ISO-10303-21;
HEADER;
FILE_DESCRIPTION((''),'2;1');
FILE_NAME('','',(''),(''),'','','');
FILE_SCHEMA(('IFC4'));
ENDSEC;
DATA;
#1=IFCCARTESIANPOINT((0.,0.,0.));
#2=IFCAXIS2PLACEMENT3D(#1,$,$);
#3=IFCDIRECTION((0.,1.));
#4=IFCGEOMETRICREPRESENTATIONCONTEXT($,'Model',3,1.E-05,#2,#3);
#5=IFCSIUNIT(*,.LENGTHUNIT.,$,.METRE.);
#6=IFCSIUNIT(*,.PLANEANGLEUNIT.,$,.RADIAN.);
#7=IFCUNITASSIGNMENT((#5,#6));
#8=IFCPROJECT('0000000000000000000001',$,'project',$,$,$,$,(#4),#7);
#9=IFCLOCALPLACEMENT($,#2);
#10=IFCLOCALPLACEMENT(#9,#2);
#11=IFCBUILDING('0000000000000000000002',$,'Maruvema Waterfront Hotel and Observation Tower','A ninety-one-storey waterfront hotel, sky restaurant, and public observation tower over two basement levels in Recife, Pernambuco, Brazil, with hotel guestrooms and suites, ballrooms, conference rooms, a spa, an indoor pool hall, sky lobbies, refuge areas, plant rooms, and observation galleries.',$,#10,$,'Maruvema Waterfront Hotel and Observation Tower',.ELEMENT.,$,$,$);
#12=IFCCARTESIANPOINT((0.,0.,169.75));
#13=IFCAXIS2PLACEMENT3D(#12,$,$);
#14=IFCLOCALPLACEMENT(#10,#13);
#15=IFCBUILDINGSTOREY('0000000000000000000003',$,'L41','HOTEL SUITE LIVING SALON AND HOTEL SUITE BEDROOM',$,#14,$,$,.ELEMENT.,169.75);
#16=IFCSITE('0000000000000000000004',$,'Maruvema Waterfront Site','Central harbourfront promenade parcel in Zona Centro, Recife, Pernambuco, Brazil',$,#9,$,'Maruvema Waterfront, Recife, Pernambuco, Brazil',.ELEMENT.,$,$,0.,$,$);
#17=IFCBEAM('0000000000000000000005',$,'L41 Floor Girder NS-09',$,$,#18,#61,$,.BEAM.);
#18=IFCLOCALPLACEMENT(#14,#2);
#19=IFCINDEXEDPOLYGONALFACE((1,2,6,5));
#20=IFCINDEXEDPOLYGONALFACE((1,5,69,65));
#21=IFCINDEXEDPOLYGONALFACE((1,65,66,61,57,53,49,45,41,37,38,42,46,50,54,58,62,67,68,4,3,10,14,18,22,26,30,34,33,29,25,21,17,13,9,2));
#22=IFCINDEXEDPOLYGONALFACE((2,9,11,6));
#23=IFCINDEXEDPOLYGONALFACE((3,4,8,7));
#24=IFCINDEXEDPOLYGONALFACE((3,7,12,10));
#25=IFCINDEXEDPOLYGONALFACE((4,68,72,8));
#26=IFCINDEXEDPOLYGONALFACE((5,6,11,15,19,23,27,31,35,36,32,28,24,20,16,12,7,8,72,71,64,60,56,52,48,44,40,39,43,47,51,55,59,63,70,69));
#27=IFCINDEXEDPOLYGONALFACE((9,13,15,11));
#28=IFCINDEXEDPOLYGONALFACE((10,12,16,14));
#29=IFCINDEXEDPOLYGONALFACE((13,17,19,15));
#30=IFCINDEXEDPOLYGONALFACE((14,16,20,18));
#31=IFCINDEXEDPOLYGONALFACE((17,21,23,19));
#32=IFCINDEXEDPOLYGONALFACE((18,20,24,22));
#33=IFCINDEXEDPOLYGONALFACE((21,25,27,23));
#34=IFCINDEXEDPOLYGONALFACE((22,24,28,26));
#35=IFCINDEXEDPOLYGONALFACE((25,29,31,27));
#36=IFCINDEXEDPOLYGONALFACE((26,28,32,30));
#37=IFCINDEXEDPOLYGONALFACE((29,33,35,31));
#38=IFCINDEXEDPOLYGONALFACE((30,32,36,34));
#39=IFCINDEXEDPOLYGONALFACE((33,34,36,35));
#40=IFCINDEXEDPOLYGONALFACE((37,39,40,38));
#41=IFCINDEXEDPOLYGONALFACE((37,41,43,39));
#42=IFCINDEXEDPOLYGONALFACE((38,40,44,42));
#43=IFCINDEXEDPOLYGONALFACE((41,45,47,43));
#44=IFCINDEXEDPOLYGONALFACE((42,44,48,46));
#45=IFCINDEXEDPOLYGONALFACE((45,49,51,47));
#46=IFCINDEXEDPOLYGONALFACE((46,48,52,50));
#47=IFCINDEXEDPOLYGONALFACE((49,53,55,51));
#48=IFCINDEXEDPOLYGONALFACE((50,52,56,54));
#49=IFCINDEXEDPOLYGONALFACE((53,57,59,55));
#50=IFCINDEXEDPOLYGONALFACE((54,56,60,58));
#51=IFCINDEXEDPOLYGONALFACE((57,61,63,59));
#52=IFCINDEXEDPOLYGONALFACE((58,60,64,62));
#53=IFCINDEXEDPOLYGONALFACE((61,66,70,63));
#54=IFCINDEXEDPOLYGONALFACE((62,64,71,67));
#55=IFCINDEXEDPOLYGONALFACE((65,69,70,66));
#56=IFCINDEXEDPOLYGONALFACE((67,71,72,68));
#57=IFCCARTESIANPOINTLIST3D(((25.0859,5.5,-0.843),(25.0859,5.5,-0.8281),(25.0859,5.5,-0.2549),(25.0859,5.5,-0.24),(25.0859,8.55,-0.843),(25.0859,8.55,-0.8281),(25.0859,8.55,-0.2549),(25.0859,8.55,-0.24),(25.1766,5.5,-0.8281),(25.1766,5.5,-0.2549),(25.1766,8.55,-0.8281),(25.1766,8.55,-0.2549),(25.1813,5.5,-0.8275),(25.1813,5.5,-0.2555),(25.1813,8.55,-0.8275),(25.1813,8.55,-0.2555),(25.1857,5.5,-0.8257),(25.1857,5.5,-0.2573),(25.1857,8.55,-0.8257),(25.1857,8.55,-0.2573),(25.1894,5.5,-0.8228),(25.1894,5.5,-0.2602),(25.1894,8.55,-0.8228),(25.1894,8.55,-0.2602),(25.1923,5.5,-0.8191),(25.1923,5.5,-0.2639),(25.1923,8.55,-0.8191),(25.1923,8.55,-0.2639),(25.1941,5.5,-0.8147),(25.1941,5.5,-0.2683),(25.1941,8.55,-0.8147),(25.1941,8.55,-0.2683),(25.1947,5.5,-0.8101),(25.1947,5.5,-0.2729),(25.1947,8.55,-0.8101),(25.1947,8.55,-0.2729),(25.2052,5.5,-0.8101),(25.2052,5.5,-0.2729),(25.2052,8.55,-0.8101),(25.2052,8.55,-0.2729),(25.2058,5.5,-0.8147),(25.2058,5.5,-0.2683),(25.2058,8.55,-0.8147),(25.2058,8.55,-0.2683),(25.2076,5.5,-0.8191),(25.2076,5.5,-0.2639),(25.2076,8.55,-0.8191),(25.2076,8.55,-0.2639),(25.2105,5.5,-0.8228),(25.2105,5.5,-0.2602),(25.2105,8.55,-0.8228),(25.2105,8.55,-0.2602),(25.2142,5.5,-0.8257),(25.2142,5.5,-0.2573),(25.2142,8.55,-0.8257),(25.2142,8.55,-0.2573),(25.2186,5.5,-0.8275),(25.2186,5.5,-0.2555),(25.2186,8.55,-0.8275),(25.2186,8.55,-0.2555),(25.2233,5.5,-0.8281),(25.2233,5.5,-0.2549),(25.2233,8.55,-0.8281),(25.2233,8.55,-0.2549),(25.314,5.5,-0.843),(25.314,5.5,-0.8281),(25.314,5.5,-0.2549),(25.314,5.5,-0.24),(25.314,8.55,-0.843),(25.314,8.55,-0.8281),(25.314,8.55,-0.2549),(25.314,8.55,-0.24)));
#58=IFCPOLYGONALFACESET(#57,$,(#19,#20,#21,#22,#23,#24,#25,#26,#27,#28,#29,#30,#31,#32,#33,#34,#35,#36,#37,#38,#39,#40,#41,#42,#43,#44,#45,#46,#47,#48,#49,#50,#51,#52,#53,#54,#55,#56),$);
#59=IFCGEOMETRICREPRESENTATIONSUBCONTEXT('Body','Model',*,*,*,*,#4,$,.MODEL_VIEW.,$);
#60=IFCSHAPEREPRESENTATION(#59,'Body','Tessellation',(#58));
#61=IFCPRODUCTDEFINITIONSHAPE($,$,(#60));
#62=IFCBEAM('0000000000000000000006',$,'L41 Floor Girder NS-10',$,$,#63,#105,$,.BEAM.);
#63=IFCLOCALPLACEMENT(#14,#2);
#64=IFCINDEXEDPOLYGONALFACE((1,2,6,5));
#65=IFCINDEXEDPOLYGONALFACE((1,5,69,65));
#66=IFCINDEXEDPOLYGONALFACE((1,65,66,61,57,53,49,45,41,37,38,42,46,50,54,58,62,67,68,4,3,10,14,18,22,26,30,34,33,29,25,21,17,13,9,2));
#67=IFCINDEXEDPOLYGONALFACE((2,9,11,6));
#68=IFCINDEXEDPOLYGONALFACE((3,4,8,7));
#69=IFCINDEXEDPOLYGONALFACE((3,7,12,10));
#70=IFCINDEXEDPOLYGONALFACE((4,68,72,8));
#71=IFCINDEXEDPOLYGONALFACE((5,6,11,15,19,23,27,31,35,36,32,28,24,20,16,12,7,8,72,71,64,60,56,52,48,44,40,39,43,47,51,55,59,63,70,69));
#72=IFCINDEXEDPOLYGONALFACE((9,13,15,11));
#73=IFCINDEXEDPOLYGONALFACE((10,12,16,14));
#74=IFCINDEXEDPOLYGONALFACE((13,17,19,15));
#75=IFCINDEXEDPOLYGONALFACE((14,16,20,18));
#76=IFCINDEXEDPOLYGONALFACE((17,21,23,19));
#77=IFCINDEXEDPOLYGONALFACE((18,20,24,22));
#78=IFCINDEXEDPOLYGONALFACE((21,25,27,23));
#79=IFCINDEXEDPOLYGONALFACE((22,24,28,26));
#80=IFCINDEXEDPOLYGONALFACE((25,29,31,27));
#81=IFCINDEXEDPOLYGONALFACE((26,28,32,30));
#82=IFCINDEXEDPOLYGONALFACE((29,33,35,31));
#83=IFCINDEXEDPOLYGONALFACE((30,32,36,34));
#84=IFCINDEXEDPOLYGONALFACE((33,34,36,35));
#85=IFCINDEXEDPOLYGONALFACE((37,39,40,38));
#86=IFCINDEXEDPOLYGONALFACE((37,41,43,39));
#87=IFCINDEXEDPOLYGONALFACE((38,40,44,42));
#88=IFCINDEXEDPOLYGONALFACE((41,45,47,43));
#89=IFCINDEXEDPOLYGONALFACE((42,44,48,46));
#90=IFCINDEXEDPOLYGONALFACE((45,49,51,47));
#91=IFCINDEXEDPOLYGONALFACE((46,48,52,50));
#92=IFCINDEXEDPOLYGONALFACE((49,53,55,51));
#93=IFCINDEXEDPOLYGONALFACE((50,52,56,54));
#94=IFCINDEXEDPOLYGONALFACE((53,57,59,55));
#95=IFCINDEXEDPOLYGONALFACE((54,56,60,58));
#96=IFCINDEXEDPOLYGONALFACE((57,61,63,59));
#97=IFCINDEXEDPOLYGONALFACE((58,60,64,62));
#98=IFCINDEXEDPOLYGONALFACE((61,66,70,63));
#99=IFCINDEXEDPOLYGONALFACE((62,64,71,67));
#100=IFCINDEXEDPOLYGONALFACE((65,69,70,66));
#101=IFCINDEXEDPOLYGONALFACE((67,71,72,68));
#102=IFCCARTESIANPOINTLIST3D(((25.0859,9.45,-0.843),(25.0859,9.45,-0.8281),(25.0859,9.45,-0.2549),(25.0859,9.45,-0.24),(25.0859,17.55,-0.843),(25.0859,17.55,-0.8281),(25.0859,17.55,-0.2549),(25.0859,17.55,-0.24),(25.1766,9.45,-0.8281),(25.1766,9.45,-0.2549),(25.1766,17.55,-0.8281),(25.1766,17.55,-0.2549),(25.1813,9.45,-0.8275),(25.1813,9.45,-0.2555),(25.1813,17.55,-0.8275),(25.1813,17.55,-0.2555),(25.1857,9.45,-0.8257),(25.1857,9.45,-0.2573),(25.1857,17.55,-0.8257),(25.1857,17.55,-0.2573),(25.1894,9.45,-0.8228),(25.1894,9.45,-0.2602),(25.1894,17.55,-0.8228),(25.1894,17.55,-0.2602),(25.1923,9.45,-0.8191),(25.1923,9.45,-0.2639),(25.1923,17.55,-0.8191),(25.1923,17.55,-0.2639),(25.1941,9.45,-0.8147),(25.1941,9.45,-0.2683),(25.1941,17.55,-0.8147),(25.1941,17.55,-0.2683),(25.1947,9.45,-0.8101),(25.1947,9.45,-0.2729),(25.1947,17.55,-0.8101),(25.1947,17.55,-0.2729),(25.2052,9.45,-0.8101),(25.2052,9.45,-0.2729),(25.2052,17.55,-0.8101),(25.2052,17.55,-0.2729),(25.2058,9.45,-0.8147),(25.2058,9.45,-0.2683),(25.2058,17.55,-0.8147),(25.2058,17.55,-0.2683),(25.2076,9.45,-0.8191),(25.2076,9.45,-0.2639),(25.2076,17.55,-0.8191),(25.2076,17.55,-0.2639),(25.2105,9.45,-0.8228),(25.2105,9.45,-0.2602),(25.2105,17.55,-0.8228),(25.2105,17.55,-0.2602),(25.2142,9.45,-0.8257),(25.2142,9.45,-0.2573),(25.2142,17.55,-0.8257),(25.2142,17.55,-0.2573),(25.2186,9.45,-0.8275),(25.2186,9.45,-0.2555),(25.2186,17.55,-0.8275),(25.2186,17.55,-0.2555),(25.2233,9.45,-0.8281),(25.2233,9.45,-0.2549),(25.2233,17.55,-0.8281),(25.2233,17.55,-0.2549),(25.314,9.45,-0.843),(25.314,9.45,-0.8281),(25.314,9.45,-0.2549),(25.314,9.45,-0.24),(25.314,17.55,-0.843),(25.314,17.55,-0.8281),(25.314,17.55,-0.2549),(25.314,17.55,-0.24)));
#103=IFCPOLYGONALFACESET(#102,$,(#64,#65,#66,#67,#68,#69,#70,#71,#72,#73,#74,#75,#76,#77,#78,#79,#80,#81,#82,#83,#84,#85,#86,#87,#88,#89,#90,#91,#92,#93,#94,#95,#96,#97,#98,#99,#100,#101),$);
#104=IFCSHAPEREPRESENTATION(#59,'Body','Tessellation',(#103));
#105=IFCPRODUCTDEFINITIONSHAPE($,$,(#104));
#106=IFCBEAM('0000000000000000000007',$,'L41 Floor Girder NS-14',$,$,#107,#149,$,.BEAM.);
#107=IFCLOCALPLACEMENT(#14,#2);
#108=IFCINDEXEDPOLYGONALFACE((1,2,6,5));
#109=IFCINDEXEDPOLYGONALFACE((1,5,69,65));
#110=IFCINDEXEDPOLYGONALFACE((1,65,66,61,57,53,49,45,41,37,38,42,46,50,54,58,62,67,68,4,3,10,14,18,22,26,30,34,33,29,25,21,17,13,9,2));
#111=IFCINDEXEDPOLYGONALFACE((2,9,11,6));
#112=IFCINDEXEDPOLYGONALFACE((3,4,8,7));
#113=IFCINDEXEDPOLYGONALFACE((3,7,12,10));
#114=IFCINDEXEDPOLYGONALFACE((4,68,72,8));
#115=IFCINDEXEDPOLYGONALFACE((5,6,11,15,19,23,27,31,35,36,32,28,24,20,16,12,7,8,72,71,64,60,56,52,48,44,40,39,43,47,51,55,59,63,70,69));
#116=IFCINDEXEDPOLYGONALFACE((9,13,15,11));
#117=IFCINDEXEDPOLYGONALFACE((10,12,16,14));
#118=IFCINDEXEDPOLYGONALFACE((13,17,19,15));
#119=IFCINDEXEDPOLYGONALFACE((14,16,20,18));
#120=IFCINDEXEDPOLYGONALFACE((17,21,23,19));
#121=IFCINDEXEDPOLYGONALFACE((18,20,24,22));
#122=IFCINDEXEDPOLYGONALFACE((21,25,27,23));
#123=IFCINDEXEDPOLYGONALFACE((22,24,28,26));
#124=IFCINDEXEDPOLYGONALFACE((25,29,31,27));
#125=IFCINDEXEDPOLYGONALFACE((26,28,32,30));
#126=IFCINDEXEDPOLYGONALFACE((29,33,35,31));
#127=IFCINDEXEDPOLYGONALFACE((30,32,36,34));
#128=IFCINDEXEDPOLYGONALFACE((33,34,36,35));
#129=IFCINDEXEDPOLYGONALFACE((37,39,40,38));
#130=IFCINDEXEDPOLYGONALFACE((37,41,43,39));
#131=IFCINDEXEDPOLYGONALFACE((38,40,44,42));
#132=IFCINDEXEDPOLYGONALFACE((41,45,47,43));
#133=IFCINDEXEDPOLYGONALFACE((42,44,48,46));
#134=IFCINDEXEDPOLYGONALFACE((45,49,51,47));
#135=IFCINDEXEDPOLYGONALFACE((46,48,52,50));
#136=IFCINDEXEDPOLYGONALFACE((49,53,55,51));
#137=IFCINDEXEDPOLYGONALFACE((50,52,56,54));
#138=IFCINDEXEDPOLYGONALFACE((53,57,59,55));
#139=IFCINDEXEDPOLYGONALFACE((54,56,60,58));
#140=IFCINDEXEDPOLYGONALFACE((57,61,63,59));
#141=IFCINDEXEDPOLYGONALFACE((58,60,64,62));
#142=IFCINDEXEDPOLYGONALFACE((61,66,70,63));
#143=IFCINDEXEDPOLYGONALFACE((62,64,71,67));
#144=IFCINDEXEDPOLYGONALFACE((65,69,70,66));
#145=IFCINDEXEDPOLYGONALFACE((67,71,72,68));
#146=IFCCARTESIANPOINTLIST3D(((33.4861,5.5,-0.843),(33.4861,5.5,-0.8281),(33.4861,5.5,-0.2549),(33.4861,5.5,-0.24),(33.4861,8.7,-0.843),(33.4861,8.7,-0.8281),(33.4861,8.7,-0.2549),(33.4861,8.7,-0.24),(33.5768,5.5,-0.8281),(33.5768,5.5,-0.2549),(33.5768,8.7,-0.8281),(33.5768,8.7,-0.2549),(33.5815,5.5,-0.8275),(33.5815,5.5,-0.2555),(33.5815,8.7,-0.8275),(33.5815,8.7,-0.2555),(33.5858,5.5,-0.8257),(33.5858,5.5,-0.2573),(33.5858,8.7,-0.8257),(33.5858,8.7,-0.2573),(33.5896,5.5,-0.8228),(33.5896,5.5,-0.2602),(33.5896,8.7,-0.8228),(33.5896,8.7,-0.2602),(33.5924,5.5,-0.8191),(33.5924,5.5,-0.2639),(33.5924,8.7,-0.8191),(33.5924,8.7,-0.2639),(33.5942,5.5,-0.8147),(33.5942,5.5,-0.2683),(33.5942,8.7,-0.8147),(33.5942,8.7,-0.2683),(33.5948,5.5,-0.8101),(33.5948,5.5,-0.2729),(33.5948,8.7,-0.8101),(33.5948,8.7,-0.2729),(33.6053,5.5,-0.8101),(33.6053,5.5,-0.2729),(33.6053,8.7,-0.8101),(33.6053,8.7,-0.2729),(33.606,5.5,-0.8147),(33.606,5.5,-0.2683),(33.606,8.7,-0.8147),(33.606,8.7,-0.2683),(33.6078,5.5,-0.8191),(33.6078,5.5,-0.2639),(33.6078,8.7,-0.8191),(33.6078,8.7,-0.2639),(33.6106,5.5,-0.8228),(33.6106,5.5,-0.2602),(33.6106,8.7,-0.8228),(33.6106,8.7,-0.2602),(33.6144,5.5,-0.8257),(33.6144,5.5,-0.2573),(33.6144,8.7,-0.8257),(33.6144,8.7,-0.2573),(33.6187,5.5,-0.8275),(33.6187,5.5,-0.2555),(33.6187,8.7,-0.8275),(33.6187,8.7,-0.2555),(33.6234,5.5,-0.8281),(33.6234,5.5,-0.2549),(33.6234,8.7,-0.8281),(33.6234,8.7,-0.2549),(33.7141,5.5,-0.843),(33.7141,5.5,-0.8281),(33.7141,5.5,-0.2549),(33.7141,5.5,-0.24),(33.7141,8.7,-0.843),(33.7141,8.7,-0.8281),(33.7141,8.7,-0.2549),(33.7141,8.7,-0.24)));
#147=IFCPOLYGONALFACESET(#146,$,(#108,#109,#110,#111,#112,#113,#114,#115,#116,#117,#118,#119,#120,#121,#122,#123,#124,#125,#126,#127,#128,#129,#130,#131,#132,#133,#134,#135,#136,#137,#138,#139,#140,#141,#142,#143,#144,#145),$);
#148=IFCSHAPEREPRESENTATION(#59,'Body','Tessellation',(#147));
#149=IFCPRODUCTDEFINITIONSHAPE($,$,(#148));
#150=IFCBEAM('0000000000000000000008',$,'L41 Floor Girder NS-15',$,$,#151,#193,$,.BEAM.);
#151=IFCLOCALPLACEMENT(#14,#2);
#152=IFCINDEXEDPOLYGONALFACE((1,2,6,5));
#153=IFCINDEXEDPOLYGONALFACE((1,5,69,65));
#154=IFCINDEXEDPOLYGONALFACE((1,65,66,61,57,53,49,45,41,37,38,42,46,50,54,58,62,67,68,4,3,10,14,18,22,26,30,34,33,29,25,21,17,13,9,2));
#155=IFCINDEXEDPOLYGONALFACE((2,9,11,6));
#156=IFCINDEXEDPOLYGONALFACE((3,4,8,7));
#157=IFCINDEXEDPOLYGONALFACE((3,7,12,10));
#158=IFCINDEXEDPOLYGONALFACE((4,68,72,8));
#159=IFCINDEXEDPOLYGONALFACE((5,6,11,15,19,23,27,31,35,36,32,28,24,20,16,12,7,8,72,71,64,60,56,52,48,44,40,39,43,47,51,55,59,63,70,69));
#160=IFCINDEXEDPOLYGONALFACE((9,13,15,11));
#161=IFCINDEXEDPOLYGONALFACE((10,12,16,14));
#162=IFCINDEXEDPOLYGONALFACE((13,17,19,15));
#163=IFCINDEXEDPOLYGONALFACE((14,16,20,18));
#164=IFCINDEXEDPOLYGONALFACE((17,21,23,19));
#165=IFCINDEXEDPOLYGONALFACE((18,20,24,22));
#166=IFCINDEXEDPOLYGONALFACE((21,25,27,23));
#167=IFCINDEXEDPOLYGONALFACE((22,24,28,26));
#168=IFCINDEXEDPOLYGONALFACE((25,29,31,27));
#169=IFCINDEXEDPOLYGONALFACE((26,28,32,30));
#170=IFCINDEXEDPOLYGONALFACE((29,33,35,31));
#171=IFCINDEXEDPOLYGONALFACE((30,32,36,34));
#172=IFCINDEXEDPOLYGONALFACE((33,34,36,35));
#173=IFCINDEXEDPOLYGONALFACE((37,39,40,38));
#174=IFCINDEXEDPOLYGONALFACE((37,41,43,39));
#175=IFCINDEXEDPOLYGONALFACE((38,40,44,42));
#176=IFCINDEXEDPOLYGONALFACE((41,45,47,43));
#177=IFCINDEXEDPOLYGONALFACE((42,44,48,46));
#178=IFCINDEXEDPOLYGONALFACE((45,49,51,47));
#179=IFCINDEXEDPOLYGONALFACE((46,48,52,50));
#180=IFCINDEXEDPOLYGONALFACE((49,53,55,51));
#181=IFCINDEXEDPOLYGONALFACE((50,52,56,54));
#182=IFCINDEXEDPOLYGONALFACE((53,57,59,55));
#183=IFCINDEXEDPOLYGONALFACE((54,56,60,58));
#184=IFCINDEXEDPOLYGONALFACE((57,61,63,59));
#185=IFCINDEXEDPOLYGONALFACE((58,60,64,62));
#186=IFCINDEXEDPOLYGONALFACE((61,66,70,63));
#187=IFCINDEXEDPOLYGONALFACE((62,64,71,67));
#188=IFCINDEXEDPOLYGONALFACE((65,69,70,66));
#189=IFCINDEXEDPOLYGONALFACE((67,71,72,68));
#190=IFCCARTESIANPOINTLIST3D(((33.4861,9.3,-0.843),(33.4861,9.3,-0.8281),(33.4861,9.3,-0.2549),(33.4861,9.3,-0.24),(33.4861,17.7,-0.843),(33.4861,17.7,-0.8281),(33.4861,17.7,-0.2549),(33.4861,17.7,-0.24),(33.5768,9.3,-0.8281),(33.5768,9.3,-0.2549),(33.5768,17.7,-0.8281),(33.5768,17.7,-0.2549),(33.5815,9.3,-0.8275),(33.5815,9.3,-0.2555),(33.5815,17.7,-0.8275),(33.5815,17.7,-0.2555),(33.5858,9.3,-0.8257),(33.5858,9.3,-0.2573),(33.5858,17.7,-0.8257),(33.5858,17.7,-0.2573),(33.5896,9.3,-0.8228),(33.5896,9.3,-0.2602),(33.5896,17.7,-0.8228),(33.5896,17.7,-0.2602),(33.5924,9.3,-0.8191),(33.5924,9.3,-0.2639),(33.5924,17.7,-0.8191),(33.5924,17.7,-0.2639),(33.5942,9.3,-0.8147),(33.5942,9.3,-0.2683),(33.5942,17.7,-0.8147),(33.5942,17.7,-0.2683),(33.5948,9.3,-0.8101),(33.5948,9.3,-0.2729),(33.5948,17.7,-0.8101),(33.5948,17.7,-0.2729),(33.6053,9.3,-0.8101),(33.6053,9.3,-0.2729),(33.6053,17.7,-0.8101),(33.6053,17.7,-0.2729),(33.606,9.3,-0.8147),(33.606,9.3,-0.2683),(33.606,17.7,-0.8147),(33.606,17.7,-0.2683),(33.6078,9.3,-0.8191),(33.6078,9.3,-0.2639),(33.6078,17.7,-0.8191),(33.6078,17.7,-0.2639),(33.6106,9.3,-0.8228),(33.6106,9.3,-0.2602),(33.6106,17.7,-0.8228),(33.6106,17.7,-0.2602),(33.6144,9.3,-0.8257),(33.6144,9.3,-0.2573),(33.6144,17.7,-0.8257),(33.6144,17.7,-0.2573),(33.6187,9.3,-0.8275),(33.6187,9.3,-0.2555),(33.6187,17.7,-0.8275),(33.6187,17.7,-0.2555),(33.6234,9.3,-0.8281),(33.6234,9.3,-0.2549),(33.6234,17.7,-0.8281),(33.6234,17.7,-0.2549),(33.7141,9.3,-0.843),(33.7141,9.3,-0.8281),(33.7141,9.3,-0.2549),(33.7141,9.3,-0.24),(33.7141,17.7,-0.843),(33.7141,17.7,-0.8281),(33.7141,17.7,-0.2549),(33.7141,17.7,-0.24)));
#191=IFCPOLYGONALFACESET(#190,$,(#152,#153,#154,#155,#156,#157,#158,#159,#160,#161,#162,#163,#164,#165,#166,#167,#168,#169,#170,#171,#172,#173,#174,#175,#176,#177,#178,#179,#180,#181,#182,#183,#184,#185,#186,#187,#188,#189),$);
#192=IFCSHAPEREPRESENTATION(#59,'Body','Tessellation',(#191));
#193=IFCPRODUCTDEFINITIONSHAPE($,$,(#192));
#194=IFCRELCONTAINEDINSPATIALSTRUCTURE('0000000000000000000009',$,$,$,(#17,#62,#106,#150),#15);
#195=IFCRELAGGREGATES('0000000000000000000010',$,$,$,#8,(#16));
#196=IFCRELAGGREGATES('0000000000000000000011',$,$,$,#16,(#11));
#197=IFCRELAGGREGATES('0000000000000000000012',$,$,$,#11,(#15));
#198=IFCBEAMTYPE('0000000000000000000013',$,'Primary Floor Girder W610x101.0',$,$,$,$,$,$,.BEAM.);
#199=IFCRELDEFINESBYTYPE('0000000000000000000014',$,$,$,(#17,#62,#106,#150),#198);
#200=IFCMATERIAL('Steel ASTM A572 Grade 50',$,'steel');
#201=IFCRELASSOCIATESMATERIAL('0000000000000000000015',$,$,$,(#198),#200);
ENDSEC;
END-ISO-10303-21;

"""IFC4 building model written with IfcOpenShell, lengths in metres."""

from ifc_helpers import new_model, si_unit, direction, frame, origin, origin_2d, place, context, subcontext, project, spatial, i_section, extrude, material, material_profile, profile_set, type_object, element, save


model = new_model("IFC4")

# Units and contexts
model_context = context("Model", 3, precision=1e-05, world=origin(), true_north=direction((0.0, 1.0)))
body_context = subcontext(model_context, "Body", "Model", "MODEL_VIEW")
ifc_project = project(units=[si_unit("LENGTHUNIT", "METRE"), si_unit("PLANEANGLEUNIT", "RADIAN")], contexts=[model_context])

# Site, building, storey
site_placement = place(None, origin())
site = spatial("IfcSite", under=ifc_project, at=site_placement, Name="Maruvema Waterfront Site", Description="Central harbourfront promenade parcel in Zona Centro, Recife, Pernambuco, Brazil", LongName="Maruvema Waterfront, Recife, Pernambuco, Brazil", CompositionType="ELEMENT", RefElevation=0.0)
building_placement = place(site_placement, origin())
building = spatial("IfcBuilding", under=site, at=building_placement, Name="Maruvema Waterfront Hotel and Observation Tower", Description="A ninety-one-storey waterfront hotel, sky restaurant, and public observation tower over two basement levels in Recife, Pernambuco, Brazil, with hotel guestrooms and suites, ballrooms, conference rooms, a spa, an indoor pool hall, sky lobbies, refuge areas, plant rooms, and observation galleries.", LongName="Maruvema Waterfront Hotel and Observation Tower", CompositionType="ELEMENT")
storey_placement = place(building_placement, frame((0.0, 0.0, 169.75)))
storey = spatial("IfcBuildingStorey", under=building, at=storey_placement, Name="L41", Description="HOTEL SUITE LIVING SALON AND HOTEL SUITE BEDROOM", CompositionType="ELEMENT", Elevation=169.75)

# Beams
ifc_material_1 = material(Name="Steel ASTM A572 Grade 50", Category="steel")
ifc_material_profile_1 = material_profile(ifc_material_1, i_section(OverallWidth=0.228, OverallDepth=0.603, WebThickness=0.0105, FlangeThickness=0.0149, FilletRadius=0.0181, at=origin_2d()), Name="W610x101.0")
ifc_profile_set_1 = profile_set([ifc_material_profile_1], Name="Steel ASTM A572 Grade 50")
beam_type_1 = type_object("IfcBeamType", Name="Primary Floor Girder W610x101.0", PredefinedType="BEAM", material=ifc_profile_set_1)
beam_1_placement = place(storey_placement, frame((25.2, 5.5, -0.5415), z_axis=(0.0, 1.0, 0.0), x_axis=(-1.0, 0.0, 0.0)))
element("IfcBeam", 1, at=beam_1_placement, inside=storey, type_object=beam_type_1, Name="L41 Floor Girder NS-09", PredefinedType="BEAM", context=body_context, shape_type="SweptSolid", body=[
    extrude(i_section(OverallWidth=0.228, OverallDepth=0.603, WebThickness=0.0105, FlangeThickness=0.0149, FilletRadius=0.0181, at=origin_2d()), origin(), (0.0, 0.0, 1.0), 3.05),
])
beam_2_placement = place(storey_placement, frame((25.2, 9.45, -0.5415), z_axis=(0.0, 1.0, 0.0), x_axis=(-1.0, 0.0, 0.0)))
element("IfcBeam", 2, at=beam_2_placement, inside=storey, type_object=beam_type_1, Name="L41 Floor Girder NS-10", PredefinedType="BEAM", context=body_context, shape_type="SweptSolid", body=[
    extrude(i_section(OverallWidth=0.228, OverallDepth=0.603, WebThickness=0.0105, FlangeThickness=0.0149, FilletRadius=0.0181, at=origin_2d()), origin(), (0.0, 0.0, 1.0), 8.1001),
])
beam_3_placement = place(storey_placement, frame((33.6001, 5.5, -0.5415), z_axis=(0.0, 1.0, 0.0), x_axis=(-1.0, 0.0, 0.0)))
element("IfcBeam", 3, at=beam_3_placement, inside=storey, type_object=beam_type_1, Name="L41 Floor Girder NS-14", PredefinedType="BEAM", context=body_context, shape_type="SweptSolid", body=[
    extrude(i_section(OverallWidth=0.228, OverallDepth=0.603, WebThickness=0.0105, FlangeThickness=0.0149, FilletRadius=0.0181, at=origin_2d()), origin(), (0.0, 0.0, 1.0), 3.2),
])
beam_4_placement = place(storey_placement, frame((33.6001, 9.3, -0.5415), z_axis=(0.0, 1.0, 0.0), x_axis=(-1.0, 0.0, 0.0)))
element("IfcBeam", 4, at=beam_4_placement, inside=storey, type_object=beam_type_1, Name="L41 Floor Girder NS-15", PredefinedType="BEAM", context=body_context, shape_type="SweptSolid", body=[
    extrude(i_section(OverallWidth=0.228, OverallDepth=0.603, WebThickness=0.0105, FlangeThickness=0.0149, FilletRadius=0.0181, at=origin_2d()), origin(), (0.0, 0.0, 1.0), 8.3999),
])

save(model, "model.ifc")
